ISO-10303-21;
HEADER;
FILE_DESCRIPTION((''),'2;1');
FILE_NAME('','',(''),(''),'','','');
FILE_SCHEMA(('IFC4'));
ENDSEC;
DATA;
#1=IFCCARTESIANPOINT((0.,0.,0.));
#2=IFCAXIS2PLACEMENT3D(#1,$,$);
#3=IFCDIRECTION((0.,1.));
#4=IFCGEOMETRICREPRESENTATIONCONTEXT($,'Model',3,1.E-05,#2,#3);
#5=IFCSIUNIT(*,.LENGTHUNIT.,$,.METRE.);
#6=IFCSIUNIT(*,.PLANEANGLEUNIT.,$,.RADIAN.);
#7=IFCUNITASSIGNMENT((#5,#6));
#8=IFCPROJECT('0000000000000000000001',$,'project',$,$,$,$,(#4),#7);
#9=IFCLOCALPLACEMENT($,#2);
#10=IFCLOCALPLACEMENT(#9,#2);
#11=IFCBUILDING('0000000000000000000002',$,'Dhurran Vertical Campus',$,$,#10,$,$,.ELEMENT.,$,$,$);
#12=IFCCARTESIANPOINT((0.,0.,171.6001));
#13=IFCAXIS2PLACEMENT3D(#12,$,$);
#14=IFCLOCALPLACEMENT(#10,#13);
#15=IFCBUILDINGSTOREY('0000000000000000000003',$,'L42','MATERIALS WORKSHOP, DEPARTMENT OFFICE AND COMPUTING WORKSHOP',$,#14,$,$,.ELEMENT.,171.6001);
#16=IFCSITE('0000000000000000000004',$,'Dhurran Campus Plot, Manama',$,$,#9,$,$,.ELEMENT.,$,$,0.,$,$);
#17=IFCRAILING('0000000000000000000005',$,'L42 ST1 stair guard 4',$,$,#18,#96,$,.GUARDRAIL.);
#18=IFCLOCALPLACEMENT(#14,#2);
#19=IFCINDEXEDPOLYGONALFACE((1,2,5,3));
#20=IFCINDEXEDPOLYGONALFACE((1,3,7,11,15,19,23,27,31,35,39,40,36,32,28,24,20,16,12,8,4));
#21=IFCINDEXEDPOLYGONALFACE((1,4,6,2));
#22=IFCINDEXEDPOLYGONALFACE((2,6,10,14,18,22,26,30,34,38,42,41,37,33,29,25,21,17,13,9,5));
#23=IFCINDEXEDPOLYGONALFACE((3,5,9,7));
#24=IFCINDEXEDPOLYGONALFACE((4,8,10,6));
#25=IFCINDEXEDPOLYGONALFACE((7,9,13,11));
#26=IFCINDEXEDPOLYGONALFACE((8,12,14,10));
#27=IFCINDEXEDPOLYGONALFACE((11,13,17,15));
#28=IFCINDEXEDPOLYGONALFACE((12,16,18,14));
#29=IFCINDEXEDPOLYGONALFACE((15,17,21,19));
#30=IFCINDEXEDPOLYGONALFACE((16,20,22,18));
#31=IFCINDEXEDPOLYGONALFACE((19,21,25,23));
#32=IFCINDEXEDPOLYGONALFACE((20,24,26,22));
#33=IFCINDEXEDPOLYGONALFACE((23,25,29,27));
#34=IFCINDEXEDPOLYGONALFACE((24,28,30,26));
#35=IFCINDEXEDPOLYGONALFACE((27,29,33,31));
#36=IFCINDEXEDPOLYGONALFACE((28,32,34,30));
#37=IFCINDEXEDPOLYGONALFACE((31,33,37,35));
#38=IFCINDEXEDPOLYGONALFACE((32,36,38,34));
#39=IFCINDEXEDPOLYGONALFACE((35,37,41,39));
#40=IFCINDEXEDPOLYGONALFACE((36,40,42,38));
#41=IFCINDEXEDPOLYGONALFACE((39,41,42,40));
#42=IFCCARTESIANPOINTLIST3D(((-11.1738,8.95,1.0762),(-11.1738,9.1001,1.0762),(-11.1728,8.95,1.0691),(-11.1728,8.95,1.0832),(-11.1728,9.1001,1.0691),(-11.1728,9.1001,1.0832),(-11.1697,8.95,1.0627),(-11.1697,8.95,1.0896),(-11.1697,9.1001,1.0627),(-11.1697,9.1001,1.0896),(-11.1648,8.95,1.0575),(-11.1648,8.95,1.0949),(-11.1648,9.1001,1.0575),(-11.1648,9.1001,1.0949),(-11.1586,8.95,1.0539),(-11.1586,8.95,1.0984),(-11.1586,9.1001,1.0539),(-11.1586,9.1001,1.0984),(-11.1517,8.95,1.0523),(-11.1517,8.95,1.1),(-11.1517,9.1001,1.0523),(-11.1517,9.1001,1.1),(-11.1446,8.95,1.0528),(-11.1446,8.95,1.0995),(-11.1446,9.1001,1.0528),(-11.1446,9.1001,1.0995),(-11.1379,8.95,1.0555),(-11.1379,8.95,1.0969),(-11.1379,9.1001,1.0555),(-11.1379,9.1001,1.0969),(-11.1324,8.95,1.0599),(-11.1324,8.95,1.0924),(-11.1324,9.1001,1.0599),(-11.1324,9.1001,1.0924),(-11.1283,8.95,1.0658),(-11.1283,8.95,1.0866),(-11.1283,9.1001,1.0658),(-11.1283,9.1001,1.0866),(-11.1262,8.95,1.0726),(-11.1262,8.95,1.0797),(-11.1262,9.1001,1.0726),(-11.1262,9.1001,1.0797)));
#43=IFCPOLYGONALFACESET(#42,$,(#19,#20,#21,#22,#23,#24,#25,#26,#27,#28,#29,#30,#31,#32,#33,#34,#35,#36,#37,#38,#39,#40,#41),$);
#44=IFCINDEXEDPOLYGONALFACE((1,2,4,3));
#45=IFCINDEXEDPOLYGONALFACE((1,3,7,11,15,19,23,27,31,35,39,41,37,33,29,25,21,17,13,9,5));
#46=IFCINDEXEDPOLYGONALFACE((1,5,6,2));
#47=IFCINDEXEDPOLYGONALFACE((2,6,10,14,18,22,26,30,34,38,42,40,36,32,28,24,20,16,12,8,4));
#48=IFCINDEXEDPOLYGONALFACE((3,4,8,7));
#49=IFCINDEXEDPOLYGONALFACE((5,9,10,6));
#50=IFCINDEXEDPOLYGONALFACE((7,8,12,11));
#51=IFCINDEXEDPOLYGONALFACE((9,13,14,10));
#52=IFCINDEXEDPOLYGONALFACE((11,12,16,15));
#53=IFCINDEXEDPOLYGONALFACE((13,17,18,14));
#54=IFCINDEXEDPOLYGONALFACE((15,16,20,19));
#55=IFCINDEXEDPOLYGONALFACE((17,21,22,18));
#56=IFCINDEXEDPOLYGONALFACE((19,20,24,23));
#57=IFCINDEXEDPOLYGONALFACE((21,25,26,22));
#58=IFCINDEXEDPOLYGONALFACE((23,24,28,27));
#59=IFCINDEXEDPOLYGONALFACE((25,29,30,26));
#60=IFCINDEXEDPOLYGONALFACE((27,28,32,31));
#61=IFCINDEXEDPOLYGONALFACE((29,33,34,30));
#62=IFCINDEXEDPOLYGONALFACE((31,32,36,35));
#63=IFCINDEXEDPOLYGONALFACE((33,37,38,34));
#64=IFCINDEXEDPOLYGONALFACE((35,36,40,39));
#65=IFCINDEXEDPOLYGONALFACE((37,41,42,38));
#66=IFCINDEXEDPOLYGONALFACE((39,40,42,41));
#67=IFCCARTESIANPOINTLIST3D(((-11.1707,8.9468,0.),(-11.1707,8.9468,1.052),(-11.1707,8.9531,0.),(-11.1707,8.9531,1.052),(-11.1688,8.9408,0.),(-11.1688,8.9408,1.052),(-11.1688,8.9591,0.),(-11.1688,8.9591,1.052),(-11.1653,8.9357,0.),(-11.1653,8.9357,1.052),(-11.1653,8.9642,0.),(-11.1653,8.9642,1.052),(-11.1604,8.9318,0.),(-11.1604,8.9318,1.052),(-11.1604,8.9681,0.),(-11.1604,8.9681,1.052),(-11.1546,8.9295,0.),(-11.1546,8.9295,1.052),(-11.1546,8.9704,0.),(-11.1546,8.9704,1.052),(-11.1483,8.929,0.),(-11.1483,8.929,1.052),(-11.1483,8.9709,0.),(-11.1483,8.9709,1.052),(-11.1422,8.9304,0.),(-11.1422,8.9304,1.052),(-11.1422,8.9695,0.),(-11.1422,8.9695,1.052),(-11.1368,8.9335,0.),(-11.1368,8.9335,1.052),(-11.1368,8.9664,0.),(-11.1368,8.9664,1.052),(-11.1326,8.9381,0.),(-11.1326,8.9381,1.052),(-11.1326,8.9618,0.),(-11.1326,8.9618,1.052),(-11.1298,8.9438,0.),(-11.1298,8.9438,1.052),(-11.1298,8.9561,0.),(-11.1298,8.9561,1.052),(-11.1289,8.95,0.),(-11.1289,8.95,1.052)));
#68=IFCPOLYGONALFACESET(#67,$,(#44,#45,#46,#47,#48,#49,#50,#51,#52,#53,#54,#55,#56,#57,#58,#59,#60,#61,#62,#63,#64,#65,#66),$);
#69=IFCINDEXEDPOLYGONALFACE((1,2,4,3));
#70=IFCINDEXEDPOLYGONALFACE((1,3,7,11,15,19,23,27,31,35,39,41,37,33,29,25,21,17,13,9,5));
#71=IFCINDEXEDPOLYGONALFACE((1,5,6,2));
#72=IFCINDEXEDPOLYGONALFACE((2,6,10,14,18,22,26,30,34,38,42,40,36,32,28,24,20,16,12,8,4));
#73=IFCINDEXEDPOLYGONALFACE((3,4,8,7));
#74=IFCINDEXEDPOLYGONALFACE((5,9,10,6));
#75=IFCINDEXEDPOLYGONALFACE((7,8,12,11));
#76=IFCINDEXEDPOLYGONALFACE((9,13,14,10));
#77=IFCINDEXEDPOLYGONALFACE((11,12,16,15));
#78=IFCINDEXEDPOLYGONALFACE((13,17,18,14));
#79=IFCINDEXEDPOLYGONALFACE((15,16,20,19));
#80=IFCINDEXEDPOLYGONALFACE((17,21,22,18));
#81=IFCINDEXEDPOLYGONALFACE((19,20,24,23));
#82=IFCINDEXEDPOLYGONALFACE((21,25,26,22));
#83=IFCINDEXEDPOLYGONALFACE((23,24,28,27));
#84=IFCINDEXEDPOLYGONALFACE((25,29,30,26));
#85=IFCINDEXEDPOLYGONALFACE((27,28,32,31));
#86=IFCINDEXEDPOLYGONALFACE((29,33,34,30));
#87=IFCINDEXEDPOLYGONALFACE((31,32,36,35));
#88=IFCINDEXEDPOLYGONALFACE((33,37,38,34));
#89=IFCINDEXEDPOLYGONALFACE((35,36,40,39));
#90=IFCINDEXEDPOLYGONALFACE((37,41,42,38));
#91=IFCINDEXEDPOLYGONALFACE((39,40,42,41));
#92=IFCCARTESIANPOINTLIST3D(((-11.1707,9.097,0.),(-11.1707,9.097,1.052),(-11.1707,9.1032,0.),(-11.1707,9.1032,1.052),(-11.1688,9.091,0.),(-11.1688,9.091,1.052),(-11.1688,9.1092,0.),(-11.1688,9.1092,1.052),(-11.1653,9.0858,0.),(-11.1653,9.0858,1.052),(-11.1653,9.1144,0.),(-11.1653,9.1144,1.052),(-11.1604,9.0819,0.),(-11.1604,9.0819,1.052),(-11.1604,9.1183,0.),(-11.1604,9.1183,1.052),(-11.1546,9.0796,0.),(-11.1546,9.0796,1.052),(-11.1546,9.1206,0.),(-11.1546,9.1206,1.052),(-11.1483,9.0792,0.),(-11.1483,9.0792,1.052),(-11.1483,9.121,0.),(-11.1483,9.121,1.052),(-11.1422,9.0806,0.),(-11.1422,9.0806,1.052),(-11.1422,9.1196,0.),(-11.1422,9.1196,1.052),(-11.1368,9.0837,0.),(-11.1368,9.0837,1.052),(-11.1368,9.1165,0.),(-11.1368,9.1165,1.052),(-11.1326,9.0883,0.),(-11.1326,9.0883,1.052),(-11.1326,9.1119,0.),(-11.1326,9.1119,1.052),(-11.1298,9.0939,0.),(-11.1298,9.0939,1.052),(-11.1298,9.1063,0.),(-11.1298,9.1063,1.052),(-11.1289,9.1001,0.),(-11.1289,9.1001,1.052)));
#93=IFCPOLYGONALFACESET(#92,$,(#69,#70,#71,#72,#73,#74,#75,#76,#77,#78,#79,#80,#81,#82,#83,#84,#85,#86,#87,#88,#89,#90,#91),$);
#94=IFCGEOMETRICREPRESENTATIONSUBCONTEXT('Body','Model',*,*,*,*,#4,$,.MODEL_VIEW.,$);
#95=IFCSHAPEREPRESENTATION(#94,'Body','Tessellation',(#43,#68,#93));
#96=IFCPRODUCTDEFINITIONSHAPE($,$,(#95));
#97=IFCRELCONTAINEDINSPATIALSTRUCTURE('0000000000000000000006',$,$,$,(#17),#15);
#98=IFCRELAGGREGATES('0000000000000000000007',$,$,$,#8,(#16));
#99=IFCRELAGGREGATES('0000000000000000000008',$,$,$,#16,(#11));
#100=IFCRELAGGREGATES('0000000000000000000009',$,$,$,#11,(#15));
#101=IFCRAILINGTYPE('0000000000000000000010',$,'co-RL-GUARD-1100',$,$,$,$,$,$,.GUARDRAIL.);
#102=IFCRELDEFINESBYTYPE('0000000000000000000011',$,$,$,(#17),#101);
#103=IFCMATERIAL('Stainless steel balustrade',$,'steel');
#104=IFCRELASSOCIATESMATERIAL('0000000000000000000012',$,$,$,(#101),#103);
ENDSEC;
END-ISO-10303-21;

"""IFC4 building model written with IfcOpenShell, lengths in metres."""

from ifc_helpers import new_model, si_unit, direction, frame, origin, origin_2d, place, context, subcontext, project, spatial, circle, extrude, material, type_object, element, save


model = new_model("IFC4")

# Units and contexts
model_context = context("Model", 3, precision=1e-05, world=origin(), true_north=direction((0.0, 1.0)))
body_context = subcontext(model_context, "Body", "Model", "MODEL_VIEW")
ifc_project = project(units=[si_unit("LENGTHUNIT", "METRE"), si_unit("PLANEANGLEUNIT", "RADIAN")], contexts=[model_context])

# Site, building, storey
site_placement = place(None, origin())
site = spatial("IfcSite", under=ifc_project, at=site_placement, Name="Dhurran Campus Plot, Manama", CompositionType="ELEMENT", RefElevation=0.0)
building_placement = place(site_placement, origin())
building = spatial("IfcBuilding", under=site, at=building_placement, Name="Dhurran Vertical Campus", CompositionType="ELEMENT")
storey_placement = place(building_placement, frame((0.0, 0.0, 171.6001)))
storey = spatial("IfcBuildingStorey", under=building, at=storey_placement, Name="L42", Description="MATERIALS WORKSHOP, DEPARTMENT OFFICE AND COMPUTING WORKSHOP", CompositionType="ELEMENT", Elevation=171.6001)

# Railing
ifc_material_1 = material(Name="Stainless steel balustrade", Category="steel")
railing_type_1 = type_object("IfcRailingType", Name="co-RL-GUARD-1100", PredefinedType="GUARDRAIL", material=ifc_material_1)
railing_1_placement = place(storey_placement, frame((-11.1499, 8.95, 0.0)))
element("IfcRailing", 1, at=railing_1_placement, inside=storey, type_object=railing_type_1, Name="L42 ST1 stair guard 4", PredefinedType="GUARDRAIL", context=body_context, shape_type="SweptSolid", body=[
    extrude(circle(Radius=0.0239, at=origin_2d()), frame((0.0, 0.0, 1.0762), z_axis=(0.0, 1.0, 0.0), x_axis=(-1.0, 0.0, 0.0)), (0.0, 0.0, 1.0), 0.1501),
    extrude(circle(Radius=0.021, at=origin_2d()), origin(), (0.0, 0.0, 1.0), 1.052),
    extrude(circle(Radius=0.021, at=origin_2d()), frame((0.0, 0.1501, 0.0)), (0.0, 0.0, 1.0), 1.052),
])

save(model, "model.ifc")
